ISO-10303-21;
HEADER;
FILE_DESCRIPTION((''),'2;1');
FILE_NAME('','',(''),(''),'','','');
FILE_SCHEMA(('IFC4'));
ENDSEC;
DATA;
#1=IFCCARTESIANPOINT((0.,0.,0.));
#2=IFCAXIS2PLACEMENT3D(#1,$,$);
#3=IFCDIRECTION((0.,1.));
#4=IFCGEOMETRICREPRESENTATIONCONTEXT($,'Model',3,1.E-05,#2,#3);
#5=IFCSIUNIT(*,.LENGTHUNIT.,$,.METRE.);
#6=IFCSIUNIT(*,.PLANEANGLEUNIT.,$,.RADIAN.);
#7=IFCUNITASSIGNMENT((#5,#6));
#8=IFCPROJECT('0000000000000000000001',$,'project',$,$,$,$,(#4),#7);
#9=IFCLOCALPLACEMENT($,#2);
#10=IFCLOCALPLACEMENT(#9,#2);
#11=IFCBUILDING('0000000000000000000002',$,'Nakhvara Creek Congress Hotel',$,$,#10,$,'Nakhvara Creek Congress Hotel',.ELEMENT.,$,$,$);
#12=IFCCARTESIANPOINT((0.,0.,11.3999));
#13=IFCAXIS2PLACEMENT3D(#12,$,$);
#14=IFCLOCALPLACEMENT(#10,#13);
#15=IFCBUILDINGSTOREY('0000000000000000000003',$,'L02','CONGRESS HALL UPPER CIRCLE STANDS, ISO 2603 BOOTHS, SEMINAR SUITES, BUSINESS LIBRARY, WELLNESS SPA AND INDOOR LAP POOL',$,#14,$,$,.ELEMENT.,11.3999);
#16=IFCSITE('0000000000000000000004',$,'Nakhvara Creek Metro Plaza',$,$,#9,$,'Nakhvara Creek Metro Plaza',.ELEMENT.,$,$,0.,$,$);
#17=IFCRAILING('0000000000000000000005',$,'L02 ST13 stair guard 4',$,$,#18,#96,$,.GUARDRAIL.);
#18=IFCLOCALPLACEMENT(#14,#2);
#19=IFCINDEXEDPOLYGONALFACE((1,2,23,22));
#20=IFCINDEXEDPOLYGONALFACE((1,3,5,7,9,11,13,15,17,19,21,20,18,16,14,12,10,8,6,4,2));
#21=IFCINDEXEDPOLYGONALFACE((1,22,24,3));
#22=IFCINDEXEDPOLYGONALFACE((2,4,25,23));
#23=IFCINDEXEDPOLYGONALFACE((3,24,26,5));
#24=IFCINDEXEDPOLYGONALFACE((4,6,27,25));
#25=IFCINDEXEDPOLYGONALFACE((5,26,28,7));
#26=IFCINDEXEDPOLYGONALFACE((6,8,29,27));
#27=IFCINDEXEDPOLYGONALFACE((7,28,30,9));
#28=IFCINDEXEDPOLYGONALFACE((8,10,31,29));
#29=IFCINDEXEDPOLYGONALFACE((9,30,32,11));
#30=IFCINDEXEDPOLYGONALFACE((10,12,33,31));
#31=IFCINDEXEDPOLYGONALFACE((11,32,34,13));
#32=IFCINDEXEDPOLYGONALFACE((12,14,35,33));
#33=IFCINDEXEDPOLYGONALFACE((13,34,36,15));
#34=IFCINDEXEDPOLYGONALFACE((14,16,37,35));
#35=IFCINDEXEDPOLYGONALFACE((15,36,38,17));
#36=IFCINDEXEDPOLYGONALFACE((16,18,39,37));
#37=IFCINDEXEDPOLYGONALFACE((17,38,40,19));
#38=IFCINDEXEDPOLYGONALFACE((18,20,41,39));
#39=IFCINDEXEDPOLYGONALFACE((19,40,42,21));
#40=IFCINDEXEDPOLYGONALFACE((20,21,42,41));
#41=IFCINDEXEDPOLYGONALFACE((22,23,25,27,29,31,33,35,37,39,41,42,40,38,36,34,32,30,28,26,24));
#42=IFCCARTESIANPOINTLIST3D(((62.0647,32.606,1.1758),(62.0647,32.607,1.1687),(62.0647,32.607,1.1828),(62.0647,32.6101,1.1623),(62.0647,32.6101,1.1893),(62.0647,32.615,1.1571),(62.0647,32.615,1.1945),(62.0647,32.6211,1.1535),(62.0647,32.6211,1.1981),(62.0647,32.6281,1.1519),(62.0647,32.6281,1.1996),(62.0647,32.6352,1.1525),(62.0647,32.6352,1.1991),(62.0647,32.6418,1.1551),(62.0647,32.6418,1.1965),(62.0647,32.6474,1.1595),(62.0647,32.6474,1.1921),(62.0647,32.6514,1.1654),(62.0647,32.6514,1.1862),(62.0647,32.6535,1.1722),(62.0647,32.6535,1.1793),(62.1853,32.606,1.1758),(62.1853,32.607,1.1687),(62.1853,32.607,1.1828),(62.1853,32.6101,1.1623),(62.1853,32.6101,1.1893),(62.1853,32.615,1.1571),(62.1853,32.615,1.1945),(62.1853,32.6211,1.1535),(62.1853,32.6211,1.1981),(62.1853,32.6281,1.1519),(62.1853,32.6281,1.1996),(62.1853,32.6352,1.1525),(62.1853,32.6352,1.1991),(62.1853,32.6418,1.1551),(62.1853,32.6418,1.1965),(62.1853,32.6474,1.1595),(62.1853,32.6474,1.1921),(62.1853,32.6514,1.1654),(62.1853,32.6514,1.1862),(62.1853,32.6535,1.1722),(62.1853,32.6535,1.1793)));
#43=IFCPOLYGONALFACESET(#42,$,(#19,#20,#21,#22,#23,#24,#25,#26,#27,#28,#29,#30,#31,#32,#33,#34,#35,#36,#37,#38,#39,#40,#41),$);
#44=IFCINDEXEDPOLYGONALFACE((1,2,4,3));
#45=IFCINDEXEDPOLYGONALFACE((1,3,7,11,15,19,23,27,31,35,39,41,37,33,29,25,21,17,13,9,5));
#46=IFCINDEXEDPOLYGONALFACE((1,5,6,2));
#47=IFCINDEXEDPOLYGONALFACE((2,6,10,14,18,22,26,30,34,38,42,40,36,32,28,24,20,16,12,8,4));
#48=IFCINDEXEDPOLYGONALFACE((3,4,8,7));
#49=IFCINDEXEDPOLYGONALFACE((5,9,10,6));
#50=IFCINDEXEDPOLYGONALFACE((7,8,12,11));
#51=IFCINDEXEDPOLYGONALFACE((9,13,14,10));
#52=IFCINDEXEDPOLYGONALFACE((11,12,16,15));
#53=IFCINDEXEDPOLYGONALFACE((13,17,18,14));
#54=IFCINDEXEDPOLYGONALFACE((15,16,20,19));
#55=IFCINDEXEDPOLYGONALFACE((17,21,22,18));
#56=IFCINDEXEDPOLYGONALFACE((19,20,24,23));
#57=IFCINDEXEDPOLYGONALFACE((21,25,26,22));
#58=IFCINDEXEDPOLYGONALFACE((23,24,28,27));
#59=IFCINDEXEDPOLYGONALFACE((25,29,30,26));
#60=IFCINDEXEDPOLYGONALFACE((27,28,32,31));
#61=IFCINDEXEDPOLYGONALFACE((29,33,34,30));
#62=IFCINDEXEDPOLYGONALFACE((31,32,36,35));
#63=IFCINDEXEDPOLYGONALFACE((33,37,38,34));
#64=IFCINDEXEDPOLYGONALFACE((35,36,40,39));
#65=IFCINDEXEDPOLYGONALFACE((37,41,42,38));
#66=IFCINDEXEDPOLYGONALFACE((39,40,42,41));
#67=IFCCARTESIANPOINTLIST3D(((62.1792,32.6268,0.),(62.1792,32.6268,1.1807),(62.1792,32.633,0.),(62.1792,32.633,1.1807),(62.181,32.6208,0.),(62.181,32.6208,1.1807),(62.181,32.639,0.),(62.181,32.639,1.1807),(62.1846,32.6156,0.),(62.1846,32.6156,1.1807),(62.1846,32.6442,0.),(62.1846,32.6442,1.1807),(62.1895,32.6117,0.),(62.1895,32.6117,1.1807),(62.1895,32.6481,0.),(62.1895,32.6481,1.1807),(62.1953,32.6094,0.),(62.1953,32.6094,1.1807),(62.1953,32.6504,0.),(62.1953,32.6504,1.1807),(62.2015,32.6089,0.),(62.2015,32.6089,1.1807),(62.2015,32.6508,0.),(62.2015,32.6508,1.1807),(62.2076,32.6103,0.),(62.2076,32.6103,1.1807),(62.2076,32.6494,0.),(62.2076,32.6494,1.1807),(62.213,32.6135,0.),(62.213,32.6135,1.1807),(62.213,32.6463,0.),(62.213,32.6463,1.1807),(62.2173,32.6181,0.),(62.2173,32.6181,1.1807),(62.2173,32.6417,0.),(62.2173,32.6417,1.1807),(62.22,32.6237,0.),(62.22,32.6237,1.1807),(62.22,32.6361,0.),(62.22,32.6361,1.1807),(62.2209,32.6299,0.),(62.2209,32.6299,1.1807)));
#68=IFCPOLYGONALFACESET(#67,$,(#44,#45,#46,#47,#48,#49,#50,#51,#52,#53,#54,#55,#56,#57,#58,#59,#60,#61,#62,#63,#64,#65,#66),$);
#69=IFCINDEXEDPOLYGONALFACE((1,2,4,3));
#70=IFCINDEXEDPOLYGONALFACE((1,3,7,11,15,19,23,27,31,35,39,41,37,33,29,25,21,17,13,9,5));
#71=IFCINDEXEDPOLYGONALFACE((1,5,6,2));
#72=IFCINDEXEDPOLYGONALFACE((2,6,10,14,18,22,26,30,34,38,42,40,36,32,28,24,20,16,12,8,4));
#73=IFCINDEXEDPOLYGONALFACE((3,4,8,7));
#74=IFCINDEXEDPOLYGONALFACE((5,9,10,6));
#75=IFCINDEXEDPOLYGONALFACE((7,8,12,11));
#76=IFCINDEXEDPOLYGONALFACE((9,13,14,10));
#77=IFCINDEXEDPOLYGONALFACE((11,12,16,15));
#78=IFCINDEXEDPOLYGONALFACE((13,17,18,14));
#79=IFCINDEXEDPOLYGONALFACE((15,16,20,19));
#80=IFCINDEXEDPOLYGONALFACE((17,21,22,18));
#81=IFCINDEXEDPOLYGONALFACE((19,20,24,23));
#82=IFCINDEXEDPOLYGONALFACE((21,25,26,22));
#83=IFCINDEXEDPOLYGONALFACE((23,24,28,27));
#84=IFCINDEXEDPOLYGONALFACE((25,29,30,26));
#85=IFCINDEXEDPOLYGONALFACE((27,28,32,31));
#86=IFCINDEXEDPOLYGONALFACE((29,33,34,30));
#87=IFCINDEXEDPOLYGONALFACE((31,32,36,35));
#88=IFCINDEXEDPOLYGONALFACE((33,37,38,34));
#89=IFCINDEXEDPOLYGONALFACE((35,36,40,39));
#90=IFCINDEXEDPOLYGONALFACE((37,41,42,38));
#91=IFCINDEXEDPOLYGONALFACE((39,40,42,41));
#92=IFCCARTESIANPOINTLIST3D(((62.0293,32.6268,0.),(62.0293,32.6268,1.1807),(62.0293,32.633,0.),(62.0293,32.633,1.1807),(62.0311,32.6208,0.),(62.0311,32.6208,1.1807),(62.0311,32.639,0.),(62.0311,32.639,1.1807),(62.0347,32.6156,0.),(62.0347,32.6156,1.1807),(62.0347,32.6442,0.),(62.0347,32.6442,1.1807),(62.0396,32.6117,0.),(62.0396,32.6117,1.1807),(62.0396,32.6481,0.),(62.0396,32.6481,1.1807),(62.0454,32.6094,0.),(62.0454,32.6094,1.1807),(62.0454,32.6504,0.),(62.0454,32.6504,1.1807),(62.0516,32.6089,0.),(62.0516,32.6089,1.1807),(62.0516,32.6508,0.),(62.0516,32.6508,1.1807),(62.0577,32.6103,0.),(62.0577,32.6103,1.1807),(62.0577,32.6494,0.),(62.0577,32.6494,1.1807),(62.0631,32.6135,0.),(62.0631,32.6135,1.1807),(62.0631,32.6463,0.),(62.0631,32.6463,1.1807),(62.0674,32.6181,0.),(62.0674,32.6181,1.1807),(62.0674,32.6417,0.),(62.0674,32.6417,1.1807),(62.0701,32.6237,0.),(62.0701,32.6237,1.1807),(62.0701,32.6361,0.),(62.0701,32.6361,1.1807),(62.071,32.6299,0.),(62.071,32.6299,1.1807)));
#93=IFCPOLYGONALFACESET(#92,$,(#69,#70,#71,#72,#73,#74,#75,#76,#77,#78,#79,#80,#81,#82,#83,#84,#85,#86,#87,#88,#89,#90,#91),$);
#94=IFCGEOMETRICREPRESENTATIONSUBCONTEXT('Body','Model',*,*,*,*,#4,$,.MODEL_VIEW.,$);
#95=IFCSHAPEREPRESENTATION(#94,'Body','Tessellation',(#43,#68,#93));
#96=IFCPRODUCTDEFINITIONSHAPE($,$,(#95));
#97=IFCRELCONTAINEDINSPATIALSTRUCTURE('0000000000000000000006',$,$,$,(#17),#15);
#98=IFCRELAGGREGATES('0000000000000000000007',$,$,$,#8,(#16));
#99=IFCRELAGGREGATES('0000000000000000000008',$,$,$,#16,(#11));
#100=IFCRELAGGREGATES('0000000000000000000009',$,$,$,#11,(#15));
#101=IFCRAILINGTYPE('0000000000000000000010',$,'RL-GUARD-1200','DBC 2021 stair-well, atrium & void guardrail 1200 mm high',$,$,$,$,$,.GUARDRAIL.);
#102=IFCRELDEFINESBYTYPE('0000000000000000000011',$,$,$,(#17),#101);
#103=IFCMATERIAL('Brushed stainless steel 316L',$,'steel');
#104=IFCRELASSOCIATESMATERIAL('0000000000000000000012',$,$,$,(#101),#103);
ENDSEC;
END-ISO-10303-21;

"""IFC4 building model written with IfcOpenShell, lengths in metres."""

from ifc_helpers import new_model, si_unit, direction, frame, origin, origin_2d, place, context, subcontext, project, spatial, circle, extrude, material, type_object, element, save


model = new_model("IFC4")

# Units and contexts
model_context = context("Model", 3, precision=1e-05, world=origin(), true_north=direction((0.0, 1.0)))
body_context = subcontext(model_context, "Body", "Model", "MODEL_VIEW")
ifc_project = project(units=[si_unit("LENGTHUNIT", "METRE"), si_unit("PLANEANGLEUNIT", "RADIAN")], contexts=[model_context])

# Site, building, storey
site_placement = place(None, origin())
site = spatial("IfcSite", under=ifc_project, at=site_placement, Name="Nakhvara Creek Metro Plaza", LongName="Nakhvara Creek Metro Plaza", CompositionType="ELEMENT", RefElevation=0.0)
building_placement = place(site_placement, origin())
building = spatial("IfcBuilding", under=site, at=building_placement, Name="Nakhvara Creek Congress Hotel", LongName="Nakhvara Creek Congress Hotel", CompositionType="ELEMENT")
storey_placement = place(building_placement, frame((0.0, 0.0, 11.3999)))
storey = spatial("IfcBuildingStorey", under=building, at=storey_placement, Name="L02", Description="CONGRESS HALL UPPER CIRCLE STANDS, ISO 2603 BOOTHS, SEMINAR SUITES, BUSINESS LIBRARY, WELLNESS SPA AND INDOOR LAP POOL", CompositionType="ELEMENT", Elevation=11.3999)

# Railing
ifc_material_1 = material(Name="Brushed stainless steel 316L", Category="steel")
railing_type_1 = type_object("IfcRailingType", Name="RL-GUARD-1200", Description="DBC 2021 stair-well, atrium & void guardrail 1200 mm high", PredefinedType="GUARDRAIL", material=ifc_material_1)
railing_1_placement = place(storey_placement, frame((62.2, 32.6299, 0.0)))
element("IfcRailing", 1, at=railing_1_placement, inside=storey, type_object=railing_type_1, Name="L02 ST13 stair guard 4", PredefinedType="GUARDRAIL", context=body_context, shape_type="SweptSolid", body=[
    extrude(circle(Radius=0.0239, at=origin_2d()), frame((-0.0146, 0.0, 1.1758), z_axis=(-1.0, 0.0, 0.0), x_axis=(0.0, -1.0, 0.0)), (0.0, 0.0, 1.0), 0.1206),
    extrude(circle(Radius=0.021, at=origin_2d()), origin(), (0.0, 0.0, 1.0), 1.1807),
    extrude(circle(Radius=0.021, at=origin_2d()), frame((-0.1499, 0.0, 0.0)), (0.0, 0.0, 1.0), 1.1807),
])

save(model, "model.ifc")
